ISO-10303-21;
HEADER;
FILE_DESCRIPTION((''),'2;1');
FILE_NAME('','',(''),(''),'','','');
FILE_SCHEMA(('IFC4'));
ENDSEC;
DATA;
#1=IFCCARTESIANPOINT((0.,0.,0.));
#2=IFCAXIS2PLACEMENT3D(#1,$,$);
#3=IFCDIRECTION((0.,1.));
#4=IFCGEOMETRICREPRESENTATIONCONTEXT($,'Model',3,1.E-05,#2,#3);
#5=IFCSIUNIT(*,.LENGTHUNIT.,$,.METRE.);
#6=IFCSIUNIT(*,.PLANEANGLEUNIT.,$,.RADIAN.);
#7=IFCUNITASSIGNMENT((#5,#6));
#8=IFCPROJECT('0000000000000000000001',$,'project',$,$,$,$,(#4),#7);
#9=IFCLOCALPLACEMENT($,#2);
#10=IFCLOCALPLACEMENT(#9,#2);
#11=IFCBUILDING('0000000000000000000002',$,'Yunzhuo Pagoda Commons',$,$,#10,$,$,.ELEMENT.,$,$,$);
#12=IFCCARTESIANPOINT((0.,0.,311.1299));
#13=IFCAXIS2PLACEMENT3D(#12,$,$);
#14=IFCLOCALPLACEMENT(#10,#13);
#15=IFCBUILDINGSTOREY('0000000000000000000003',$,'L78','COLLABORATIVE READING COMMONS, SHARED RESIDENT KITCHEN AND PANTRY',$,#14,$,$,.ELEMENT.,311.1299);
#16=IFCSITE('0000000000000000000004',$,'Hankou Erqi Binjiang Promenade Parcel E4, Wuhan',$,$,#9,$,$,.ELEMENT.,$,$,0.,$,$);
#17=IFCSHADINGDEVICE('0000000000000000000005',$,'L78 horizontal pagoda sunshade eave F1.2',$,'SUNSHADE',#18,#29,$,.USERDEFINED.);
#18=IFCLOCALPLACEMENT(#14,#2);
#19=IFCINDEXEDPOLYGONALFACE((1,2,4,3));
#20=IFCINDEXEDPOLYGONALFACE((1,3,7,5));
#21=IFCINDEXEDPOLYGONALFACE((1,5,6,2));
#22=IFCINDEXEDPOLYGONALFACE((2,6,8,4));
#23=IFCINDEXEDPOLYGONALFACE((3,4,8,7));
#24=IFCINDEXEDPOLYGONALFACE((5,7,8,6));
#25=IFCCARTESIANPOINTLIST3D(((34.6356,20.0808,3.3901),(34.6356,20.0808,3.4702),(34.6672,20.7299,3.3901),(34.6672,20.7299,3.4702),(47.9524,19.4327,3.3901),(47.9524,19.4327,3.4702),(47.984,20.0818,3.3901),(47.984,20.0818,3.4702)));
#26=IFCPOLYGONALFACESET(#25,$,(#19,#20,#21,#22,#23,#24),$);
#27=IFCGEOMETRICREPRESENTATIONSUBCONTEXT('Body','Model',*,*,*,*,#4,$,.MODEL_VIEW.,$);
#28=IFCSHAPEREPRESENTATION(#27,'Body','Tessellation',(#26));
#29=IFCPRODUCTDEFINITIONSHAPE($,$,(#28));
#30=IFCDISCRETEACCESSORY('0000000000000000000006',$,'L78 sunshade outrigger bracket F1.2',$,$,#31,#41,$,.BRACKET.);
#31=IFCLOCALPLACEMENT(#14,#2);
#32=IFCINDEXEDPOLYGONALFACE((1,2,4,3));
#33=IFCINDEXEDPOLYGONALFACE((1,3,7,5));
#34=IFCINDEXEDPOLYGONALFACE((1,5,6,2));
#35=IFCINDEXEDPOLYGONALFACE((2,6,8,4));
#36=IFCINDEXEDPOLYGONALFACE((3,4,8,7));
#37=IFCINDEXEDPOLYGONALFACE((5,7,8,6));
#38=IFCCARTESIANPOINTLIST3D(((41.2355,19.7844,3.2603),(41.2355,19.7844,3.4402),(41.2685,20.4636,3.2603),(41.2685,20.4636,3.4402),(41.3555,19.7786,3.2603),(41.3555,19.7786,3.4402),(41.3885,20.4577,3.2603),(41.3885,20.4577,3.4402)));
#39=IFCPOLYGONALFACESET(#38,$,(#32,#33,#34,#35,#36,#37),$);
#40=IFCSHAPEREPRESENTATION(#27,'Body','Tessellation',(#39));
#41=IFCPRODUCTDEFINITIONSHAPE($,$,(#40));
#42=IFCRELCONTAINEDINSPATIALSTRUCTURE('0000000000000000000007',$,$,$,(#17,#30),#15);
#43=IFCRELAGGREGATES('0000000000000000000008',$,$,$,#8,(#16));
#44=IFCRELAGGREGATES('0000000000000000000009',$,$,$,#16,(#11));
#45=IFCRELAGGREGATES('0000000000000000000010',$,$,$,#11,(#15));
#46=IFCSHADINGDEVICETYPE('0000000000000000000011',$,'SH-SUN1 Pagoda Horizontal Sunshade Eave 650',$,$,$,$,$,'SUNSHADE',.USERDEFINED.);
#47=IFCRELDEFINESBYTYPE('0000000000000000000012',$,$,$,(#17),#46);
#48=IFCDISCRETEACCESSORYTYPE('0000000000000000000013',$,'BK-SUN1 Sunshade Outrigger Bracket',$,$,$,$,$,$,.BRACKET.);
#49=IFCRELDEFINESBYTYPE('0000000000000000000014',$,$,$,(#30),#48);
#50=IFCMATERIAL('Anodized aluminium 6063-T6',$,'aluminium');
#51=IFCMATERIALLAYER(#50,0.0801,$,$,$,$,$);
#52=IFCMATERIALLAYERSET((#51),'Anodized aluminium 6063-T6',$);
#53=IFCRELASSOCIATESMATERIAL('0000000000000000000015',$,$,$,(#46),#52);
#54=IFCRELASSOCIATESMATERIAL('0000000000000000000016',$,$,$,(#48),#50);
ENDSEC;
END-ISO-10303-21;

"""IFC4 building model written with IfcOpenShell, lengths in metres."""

from ifc_helpers import new_model, si_unit, direction, frame, origin, origin_2d, place, context, subcontext, project, spatial, rectangle, extrude, source, transform, mapped, material, layer, layer_set, type_object, element, save


model = new_model("IFC4")

# Units and contexts
model_context = context("Model", 3, precision=1e-05, world=origin(), true_north=direction((0.0, 1.0)))
body_context = subcontext(model_context, "Body", "Model", "MODEL_VIEW")
ifc_project = project(units=[si_unit("LENGTHUNIT", "METRE"), si_unit("PLANEANGLEUNIT", "RADIAN")], contexts=[model_context])

# Site, building, storey
site_placement = place(None, origin())
site = spatial("IfcSite", under=ifc_project, at=site_placement, Name="Hankou Erqi Binjiang Promenade Parcel E4, Wuhan", CompositionType="ELEMENT", RefElevation=0.0)
building_placement = place(site_placement, origin())
building = spatial("IfcBuilding", under=site, at=building_placement, Name="Yunzhuo Pagoda Commons", CompositionType="ELEMENT")
storey_placement = place(building_placement, frame((0.0, 0.0, 311.1299)))
storey = spatial("IfcBuildingStorey", under=building, at=storey_placement, Name="L78", Description="COLLABORATIVE READING COMMONS, SHARED RESIDENT KITCHEN AND PANTRY", CompositionType="ELEMENT", Elevation=311.1299)

# Shared definitions
ifc_material_1 = material(Name="Anodized aluminium 6063-T6", Category="aluminium")

# Shading device
ifc_layer_1 = layer(ifc_material_1, 0.0801)
ifc_layer_set_1 = layer_set([ifc_layer_1], Name="Anodized aluminium 6063-T6")
shading_device_type = type_object("IfcShadingDeviceType", Name="SH-SUN1 Pagoda Horizontal Sunshade Eave 650", ElementType="SUNSHADE", PredefinedType="USERDEFINED", material=ifc_layer_set_1)
shared_shape_1 = source(origin(), body_context, "Body", "SweptSolid", [
    extrude(rectangle(XDim=13.3325, YDim=0.6499, at=origin_2d()), origin(), (0.0, 0.0, 1.0), 0.0801),
])
shading_device_placement = place(storey_placement, frame((41.3098, 20.0813, 3.3901), z_axis=(0.0, 0.0, 1.0), x_axis=(0.998818, -0.048606, 0.0)))
element("IfcShadingDevice", 1, at=shading_device_placement, inside=storey, type_object=shading_device_type, Name="L78 horizontal pagoda sunshade eave F1.2", ObjectType="SUNSHADE", PredefinedType="USERDEFINED", context=body_context, shape_type="MappedRepresentation", body=[
    mapped(shared_shape_1, transform((0.0, 0.0, 0.0), scale=1.0)),
])

# Discrete accessory
discrete_accessory_type = type_object("IfcDiscreteAccessoryType", Name="BK-SUN1 Sunshade Outrigger Bracket", PredefinedType="BRACKET", material=ifc_material_1)
shared_shape_2 = source(origin(), body_context, "Body", "SweptSolid", [
    extrude(rectangle(XDim=0.1201, YDim=0.6799, at=origin_2d()), origin(), (0.0, 0.0, 1.0), 0.1799),
])
discrete_accessory_placement = place(storey_placement, frame((41.312, 20.1211, 3.2603), z_axis=(0.0, 0.0, 1.0), x_axis=(0.998818, -0.048606, 0.0)))
element("IfcDiscreteAccessory", 2, at=discrete_accessory_placement, inside=storey, type_object=discrete_accessory_type, Name="L78 sunshade outrigger bracket F1.2", PredefinedType="BRACKET", context=body_context, shape_type="MappedRepresentation", body=[
    mapped(shared_shape_2, transform((0.0, 0.0, 0.0), scale=1.0)),
])

save(model, "model.ifc")
